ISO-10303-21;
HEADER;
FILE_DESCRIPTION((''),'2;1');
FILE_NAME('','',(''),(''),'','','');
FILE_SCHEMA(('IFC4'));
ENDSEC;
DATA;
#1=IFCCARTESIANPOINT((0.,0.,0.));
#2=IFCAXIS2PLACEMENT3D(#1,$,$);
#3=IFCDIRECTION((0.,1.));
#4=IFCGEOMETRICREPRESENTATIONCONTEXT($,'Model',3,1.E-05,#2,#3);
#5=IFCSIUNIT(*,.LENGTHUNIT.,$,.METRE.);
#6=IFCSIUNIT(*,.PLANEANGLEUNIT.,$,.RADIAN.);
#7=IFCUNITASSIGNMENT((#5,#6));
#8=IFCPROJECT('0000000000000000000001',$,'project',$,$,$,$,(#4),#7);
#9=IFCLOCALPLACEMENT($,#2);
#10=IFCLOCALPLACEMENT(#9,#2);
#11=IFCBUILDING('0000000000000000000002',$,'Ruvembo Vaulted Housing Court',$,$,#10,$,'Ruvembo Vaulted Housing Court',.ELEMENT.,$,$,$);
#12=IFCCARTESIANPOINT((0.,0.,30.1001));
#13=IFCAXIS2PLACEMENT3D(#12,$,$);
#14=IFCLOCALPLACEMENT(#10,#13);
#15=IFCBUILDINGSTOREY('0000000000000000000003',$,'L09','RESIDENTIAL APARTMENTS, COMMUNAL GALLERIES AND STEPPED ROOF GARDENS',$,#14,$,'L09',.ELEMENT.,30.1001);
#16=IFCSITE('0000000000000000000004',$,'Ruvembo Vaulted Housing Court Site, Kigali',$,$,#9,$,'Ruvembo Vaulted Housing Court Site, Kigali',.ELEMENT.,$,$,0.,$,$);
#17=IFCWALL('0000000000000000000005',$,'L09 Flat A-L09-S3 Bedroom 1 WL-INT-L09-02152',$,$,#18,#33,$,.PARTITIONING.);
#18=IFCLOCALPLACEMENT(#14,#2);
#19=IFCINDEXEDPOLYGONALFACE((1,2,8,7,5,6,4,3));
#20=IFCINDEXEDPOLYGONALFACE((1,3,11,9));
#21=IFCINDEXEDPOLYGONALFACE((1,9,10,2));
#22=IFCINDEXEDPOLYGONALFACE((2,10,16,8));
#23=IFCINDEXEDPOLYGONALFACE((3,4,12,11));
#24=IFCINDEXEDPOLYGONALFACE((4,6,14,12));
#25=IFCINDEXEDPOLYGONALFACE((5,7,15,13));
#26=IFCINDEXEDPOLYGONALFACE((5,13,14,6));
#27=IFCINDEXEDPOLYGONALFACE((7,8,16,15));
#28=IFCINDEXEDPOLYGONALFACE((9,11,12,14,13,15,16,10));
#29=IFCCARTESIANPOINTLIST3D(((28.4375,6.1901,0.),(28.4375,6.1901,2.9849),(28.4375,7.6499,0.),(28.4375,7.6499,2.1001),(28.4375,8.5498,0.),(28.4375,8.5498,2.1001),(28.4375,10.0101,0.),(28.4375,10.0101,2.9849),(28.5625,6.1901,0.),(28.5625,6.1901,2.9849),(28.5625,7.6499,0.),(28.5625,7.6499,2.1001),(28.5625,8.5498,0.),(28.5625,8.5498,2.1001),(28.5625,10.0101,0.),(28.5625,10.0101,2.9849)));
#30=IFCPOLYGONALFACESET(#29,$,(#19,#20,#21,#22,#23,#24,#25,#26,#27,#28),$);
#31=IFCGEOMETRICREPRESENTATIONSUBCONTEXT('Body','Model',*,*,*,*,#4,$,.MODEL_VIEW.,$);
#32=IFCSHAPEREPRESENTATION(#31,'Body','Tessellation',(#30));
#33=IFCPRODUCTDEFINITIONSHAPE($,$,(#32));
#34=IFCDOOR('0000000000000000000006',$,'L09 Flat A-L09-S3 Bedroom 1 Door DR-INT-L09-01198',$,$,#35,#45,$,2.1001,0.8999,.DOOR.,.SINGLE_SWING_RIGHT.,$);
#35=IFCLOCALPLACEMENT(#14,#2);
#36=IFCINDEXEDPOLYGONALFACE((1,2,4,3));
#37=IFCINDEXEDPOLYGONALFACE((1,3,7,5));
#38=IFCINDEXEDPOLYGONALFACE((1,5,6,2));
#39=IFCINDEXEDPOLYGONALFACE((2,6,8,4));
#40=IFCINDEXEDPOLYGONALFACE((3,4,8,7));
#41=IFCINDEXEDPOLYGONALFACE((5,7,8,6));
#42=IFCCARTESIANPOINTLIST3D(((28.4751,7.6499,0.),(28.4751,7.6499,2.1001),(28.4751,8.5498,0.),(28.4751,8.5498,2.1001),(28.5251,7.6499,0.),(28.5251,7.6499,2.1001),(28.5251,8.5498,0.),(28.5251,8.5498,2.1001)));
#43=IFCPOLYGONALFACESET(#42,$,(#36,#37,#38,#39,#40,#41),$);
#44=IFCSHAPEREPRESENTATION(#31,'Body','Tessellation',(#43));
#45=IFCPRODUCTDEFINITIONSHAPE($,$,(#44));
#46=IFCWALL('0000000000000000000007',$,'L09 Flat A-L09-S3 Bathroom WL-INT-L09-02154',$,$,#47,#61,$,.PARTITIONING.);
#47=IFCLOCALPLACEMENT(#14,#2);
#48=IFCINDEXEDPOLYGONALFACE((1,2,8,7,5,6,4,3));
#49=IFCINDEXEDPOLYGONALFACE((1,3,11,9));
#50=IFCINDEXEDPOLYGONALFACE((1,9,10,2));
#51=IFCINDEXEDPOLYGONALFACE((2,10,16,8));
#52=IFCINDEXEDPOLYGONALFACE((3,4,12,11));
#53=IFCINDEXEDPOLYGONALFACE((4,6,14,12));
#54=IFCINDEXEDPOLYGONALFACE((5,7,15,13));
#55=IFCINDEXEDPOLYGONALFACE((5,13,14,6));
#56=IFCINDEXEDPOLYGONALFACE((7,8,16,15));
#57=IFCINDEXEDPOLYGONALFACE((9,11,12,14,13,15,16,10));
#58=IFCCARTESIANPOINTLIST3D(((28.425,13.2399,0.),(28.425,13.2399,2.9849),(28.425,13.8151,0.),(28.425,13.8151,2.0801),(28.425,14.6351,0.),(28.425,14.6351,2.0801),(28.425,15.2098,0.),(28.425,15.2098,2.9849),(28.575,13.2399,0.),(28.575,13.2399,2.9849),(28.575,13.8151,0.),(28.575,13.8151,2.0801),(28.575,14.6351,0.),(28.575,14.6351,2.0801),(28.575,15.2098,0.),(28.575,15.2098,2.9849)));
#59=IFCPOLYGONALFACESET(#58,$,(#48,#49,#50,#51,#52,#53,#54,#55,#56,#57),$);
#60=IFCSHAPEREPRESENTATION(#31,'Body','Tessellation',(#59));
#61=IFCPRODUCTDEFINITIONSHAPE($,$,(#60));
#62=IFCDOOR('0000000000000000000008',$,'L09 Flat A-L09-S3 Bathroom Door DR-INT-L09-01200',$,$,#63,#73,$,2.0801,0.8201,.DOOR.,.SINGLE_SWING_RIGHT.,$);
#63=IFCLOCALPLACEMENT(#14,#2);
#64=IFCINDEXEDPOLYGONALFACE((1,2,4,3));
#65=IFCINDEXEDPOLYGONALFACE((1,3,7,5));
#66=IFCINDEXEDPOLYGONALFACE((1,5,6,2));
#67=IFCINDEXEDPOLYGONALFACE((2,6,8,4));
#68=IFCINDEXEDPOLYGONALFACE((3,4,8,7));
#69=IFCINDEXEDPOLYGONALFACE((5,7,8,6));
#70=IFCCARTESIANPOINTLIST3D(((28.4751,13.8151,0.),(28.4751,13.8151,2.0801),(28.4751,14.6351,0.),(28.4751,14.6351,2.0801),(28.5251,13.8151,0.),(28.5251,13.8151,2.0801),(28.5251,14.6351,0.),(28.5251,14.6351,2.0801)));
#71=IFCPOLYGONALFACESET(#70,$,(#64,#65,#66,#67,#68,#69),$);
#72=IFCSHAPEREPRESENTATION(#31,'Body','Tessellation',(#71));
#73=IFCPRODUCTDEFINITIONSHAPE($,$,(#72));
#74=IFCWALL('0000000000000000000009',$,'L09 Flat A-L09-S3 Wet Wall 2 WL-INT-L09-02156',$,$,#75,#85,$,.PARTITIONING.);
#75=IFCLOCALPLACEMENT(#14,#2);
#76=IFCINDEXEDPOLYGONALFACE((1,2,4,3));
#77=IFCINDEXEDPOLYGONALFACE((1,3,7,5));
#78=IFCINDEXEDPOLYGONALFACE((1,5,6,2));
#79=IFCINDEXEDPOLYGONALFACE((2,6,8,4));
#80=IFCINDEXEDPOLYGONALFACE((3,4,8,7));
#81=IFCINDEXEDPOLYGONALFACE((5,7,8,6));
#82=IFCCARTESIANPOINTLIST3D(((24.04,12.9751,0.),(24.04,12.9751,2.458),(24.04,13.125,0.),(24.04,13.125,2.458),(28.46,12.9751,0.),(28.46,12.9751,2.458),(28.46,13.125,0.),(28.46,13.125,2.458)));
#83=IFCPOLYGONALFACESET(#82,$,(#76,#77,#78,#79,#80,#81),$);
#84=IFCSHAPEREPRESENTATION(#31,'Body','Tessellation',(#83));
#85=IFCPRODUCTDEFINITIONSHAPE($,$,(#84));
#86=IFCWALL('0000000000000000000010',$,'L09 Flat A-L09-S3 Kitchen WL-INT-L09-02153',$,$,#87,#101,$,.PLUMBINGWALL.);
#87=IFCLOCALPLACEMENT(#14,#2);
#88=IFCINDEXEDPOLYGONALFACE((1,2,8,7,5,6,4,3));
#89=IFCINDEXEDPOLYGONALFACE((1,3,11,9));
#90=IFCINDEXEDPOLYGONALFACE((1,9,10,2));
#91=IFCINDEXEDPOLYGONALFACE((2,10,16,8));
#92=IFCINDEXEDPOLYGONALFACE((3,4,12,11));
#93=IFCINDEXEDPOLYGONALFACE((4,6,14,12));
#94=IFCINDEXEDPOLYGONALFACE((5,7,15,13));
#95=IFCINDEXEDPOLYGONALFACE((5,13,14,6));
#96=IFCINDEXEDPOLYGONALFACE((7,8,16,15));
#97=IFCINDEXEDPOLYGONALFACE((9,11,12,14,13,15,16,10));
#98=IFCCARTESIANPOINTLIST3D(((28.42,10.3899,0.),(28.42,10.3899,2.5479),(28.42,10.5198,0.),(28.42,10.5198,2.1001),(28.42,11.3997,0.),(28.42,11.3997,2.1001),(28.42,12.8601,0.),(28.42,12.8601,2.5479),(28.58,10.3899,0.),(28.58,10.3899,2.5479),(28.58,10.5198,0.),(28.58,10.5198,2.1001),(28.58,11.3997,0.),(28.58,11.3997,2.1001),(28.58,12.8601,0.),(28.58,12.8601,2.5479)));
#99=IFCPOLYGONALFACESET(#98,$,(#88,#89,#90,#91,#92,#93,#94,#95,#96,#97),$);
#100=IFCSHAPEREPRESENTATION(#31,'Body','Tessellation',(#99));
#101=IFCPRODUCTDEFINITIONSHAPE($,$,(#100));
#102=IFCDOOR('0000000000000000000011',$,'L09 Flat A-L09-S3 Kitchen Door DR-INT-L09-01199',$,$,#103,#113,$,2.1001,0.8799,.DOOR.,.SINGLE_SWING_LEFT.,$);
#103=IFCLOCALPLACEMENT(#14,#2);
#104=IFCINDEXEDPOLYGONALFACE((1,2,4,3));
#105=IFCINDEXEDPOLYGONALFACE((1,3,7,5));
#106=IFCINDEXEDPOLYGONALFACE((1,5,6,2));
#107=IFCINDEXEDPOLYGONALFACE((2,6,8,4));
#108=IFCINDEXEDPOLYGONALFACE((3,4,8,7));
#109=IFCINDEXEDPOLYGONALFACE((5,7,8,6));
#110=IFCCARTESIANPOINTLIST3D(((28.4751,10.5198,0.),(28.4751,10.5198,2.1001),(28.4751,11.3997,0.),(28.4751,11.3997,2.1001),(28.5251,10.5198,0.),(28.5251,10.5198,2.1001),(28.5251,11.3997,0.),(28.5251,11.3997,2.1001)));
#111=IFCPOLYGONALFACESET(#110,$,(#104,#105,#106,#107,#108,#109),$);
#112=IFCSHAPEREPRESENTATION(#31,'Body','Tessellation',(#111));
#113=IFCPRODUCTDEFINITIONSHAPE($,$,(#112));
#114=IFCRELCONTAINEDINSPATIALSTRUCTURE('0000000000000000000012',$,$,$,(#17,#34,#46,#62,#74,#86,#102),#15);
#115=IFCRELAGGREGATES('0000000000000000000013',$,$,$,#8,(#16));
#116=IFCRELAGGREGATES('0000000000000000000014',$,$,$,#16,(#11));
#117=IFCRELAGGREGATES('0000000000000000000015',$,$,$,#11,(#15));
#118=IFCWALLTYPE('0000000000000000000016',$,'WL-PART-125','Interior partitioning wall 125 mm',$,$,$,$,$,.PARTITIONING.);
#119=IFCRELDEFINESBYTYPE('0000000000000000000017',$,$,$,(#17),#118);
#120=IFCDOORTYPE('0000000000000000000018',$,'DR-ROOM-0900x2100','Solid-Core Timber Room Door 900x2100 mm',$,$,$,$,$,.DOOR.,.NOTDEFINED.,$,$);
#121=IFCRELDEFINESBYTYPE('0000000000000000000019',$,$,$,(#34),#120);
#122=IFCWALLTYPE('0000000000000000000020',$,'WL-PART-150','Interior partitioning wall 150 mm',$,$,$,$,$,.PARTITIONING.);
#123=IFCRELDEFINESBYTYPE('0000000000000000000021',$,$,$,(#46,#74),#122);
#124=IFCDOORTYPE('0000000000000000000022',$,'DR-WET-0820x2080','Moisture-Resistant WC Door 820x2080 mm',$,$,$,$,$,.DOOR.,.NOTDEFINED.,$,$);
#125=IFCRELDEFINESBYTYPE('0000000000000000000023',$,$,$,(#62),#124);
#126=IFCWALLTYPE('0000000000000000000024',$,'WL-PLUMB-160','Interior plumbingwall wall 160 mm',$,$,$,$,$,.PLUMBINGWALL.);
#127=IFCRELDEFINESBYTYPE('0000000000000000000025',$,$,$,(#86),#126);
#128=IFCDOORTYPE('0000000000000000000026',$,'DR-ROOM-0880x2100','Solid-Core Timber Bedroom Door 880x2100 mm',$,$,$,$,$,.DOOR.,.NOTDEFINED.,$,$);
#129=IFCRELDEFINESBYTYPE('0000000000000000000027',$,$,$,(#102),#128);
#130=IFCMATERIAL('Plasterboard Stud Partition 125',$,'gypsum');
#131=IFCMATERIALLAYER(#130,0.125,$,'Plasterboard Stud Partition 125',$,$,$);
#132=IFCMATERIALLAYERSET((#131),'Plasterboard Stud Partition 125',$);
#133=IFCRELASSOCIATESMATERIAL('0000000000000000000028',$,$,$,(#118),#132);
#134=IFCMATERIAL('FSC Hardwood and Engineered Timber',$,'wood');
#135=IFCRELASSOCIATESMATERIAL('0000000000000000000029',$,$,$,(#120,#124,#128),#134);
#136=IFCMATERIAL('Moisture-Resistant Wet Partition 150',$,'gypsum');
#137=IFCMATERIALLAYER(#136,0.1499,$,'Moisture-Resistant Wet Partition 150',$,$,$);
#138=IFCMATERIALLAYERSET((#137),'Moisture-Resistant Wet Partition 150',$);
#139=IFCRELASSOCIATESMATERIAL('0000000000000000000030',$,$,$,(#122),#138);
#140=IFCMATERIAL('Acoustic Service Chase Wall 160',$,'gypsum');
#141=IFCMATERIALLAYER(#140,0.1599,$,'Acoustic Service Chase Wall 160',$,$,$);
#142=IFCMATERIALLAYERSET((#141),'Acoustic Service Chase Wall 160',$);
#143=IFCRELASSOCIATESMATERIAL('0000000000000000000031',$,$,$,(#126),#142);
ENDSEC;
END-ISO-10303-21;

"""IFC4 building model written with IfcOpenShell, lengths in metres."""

from ifc_helpers import new_model, si_unit, direction, frame, frame_2d, origin, place, context, subcontext, project, spatial, rectangle, extrude, material, layer, layer_set, type_object, element, fill, save


model = new_model("IFC4")

# Units and contexts
model_context = context("Model", 3, precision=1e-05, world=origin(), true_north=direction((0.0, 1.0)))
body_context = subcontext(model_context, "Body", "Model", "MODEL_VIEW")
ifc_project = project(units=[si_unit("LENGTHUNIT", "METRE"), si_unit("PLANEANGLEUNIT", "RADIAN")], contexts=[model_context])

# Site, building, storey
site_placement = place(None, origin())
site = spatial("IfcSite", under=ifc_project, at=site_placement, Name="Ruvembo Vaulted Housing Court Site, Kigali", LongName="Ruvembo Vaulted Housing Court Site, Kigali", CompositionType="ELEMENT", RefElevation=0.0)
building_placement = place(site_placement, origin())
building = spatial("IfcBuilding", under=site, at=building_placement, Name="Ruvembo Vaulted Housing Court", LongName="Ruvembo Vaulted Housing Court", CompositionType="ELEMENT")
storey_placement = place(building_placement, frame((0.0, 0.0, 30.1001)))
storey = spatial("IfcBuildingStorey", under=building, at=storey_placement, Name="L09", Description="RESIDENTIAL APARTMENTS, COMMUNAL GALLERIES AND STEPPED ROOF GARDENS", LongName="L09", CompositionType="ELEMENT", Elevation=30.1001)

# Shared definitions
ifc_material_1 = material(Name="FSC Hardwood and Engineered Timber", Category="wood")

# Walls, openings, doors
ifc_material_2 = material(Name="Plasterboard Stud Partition 125", Category="gypsum")
ifc_layer_1 = layer(ifc_material_2, 0.125, Name="Plasterboard Stud Partition 125")
ifc_layer_set_1 = layer_set([ifc_layer_1], Name="Plasterboard Stud Partition 125")
wall_type_1 = type_object("IfcWallType", Name="WL-PART-125", Description="Interior partitioning wall 125 mm", PredefinedType="PARTITIONING", material=ifc_layer_set_1)
wall_1_placement = place(storey_placement, frame((28.5, 6.1899, 0.0), z_axis=(0.0, 0.0, 1.0), x_axis=(0.0, 1.0, 0.0)))
wall_1 = element("IfcWall", 1, at=wall_1_placement, inside=storey, type_object=wall_type_1, Name="L09 Flat A-L09-S3 Bedroom 1 WL-INT-L09-02152", PredefinedType="PARTITIONING", context=body_context, shape_type="SweptSolid", body=[
    extrude(rectangle(XDim=3.8201, YDim=0.125, at=frame_2d((1.9102, 0.0))), origin(), (0.0, 0.0, 1.0), 2.9849),
])
opening_1_placement = place(wall_1_placement, frame((1.46, 0.0, 0.0)))
opening_1 = element("IfcOpeningElement", 2, at=opening_1_placement, cuts=wall_1, PredefinedType="OPENING", context=body_context, shape_type="SweptSolid", body=[
    extrude(rectangle(XDim=0.8999, YDim=2.1001, at=frame_2d((0.45, 1.05))), frame((0.0, 0.0725, 0.0), z_axis=(0.0, -1.0, 0.0), x_axis=(1.0, 0.0, 0.0)), (0.0, 0.0, 1.0), 0.145),
])
door_type_1 = type_object("IfcDoorType", Name="DR-ROOM-0900x2100", Description="Solid-Core Timber Room Door 900x2100 mm", OperationType="NOTDEFINED", PredefinedType="DOOR", material=ifc_material_1)
door_1_placement = place(opening_1_placement, origin())
door_1 = element("IfcDoor", 3, at=door_1_placement, inside=storey, type_object=door_type_1, Name="L09 Flat A-L09-S3 Bedroom 1 Door DR-INT-L09-01198", OperationType="SINGLE_SWING_RIGHT", OverallHeight=2.1001, OverallWidth=0.8999, PredefinedType="DOOR", context=body_context, shape_type="SweptSolid", body=[
    extrude(rectangle(XDim=0.8999, YDim=2.1001, at=frame_2d((0.45, 1.05))), frame((0.0, 0.0249, 0.0), z_axis=(0.0, -1.0, 0.0), x_axis=(1.0, 0.0, 0.0)), (0.0, 0.0, 1.0), 0.05),
])
fill(opening_1, door_1)
ifc_material_3 = material(Name="Moisture-Resistant Wet Partition 150", Category="gypsum")
ifc_layer_2 = layer(ifc_material_3, 0.1499, Name="Moisture-Resistant Wet Partition 150")
ifc_layer_set_2 = layer_set([ifc_layer_2], Name="Moisture-Resistant Wet Partition 150")
wall_type_2 = type_object("IfcWallType", Name="WL-PART-150", Description="Interior partitioning wall 150 mm", PredefinedType="PARTITIONING", material=ifc_layer_set_2)
wall_2_placement = place(storey_placement, frame((28.5, 13.24, 0.0), z_axis=(0.0, 0.0, 1.0), x_axis=(0.0, 1.0, 0.0)))
wall_2 = element("IfcWall", 4, at=wall_2_placement, inside=storey, type_object=wall_type_2, Name="L09 Flat A-L09-S3 Bathroom WL-INT-L09-02154", PredefinedType="PARTITIONING", context=body_context, shape_type="SweptSolid", body=[
    extrude(rectangle(XDim=1.97, YDim=0.1499, at=frame_2d((0.9849, 0.0))), origin(), (0.0, 0.0, 1.0), 2.9849),
])
opening_2_placement = place(wall_2_placement, frame((0.575, 0.0, 0.0)))
opening_2 = element("IfcOpeningElement", 5, at=opening_2_placement, cuts=wall_2, PredefinedType="OPENING", context=body_context, shape_type="SweptSolid", body=[
    extrude(rectangle(XDim=0.8201, YDim=2.0801, at=frame_2d((0.4102, 1.04))), frame((0.0, 0.085, 0.0), z_axis=(0.0, -1.0, 0.0), x_axis=(1.0, 0.0, 0.0)), (0.0, 0.0, 1.0), 0.1699),
])
door_type_2 = type_object("IfcDoorType", Name="DR-WET-0820x2080", Description="Moisture-Resistant WC Door 820x2080 mm", OperationType="NOTDEFINED", PredefinedType="DOOR", material=ifc_material_1)
door_2_placement = place(opening_2_placement, origin())
door_2 = element("IfcDoor", 6, at=door_2_placement, inside=storey, type_object=door_type_2, Name="L09 Flat A-L09-S3 Bathroom Door DR-INT-L09-01200", OperationType="SINGLE_SWING_RIGHT", OverallHeight=2.0801, OverallWidth=0.8201, PredefinedType="DOOR", context=body_context, shape_type="SweptSolid", body=[
    extrude(rectangle(XDim=0.8201, YDim=2.0801, at=frame_2d((0.4102, 1.04))), frame((0.0, 0.0249, 0.0), z_axis=(0.0, -1.0, 0.0), x_axis=(1.0, 0.0, 0.0)), (0.0, 0.0, 1.0), 0.05),
])
fill(opening_2, door_2)

# Wall
wall_3_placement = place(storey_placement, frame((24.04, 13.05, 0.0), z_axis=(0.0, 0.0, 1.0), x_axis=(1.0, 0.0, 0.0)))
element("IfcWall", 7, at=wall_3_placement, inside=storey, type_object=wall_type_2, Name="L09 Flat A-L09-S3 Wet Wall 2 WL-INT-L09-02156", PredefinedType="PARTITIONING", context=body_context, shape_type="SweptSolid", body=[
    extrude(rectangle(XDim=4.4199, YDim=0.1499, at=frame_2d((2.21, 0.0))), origin(), (0.0, 0.0, 1.0), 2.458),
])

# Wall, opening, door
ifc_material_4 = material(Name="Acoustic Service Chase Wall 160", Category="gypsum")
ifc_layer_3 = layer(ifc_material_4, 0.1599, Name="Acoustic Service Chase Wall 160")
ifc_layer_set_3 = layer_set([ifc_layer_3], Name="Acoustic Service Chase Wall 160")
wall_type_3 = type_object("IfcWallType", Name="WL-PLUMB-160", Description="Interior plumbingwall wall 160 mm", PredefinedType="PLUMBINGWALL", material=ifc_layer_set_3)
wall_4_placement = place(storey_placement, frame((28.5, 10.3899, 0.0), z_axis=(0.0, 0.0, 1.0), x_axis=(0.0, 1.0, 0.0)))
wall_4 = element("IfcWall", 8, at=wall_4_placement, inside=storey, type_object=wall_type_3, Name="L09 Flat A-L09-S3 Kitchen WL-INT-L09-02153", PredefinedType="PLUMBINGWALL", context=body_context, shape_type="SweptSolid", body=[
    extrude(rectangle(XDim=2.4702, YDim=0.1599, at=frame_2d((1.2351, 0.0))), origin(), (0.0, 0.0, 1.0), 2.5479),
])
opening_3_placement = place(wall_4_placement, frame((0.1299, 0.0, 0.0)))
opening_3 = element("IfcOpeningElement", 9, at=opening_3_placement, cuts=wall_4, PredefinedType="OPENING", context=body_context, shape_type="SweptSolid", body=[
    extrude(rectangle(XDim=0.8799, YDim=2.1001, at=frame_2d((0.4399, 1.05))), frame((0.0, 0.0898, 0.0), z_axis=(0.0, -1.0, 0.0), x_axis=(1.0, 0.0, 0.0)), (0.0, 0.0, 1.0), 0.1799),
])
door_type_3 = type_object("IfcDoorType", Name="DR-ROOM-0880x2100", Description="Solid-Core Timber Bedroom Door 880x2100 mm", OperationType="NOTDEFINED", PredefinedType="DOOR", material=ifc_material_1)
door_3_placement = place(opening_3_placement, origin())
door_3 = element("IfcDoor", 10, at=door_3_placement, inside=storey, type_object=door_type_3, Name="L09 Flat A-L09-S3 Kitchen Door DR-INT-L09-01199", OperationType="SINGLE_SWING_LEFT", OverallHeight=2.1001, OverallWidth=0.8799, PredefinedType="DOOR", context=body_context, shape_type="SweptSolid", body=[
    extrude(rectangle(XDim=0.8799, YDim=2.1001, at=frame_2d((0.4399, 1.05))), frame((0.0, 0.0249, 0.0), z_axis=(0.0, -1.0, 0.0), x_axis=(1.0, 0.0, 0.0)), (0.0, 0.0, 1.0), 0.05),
])
fill(opening_3, door_3)

save(model, "model.ifc")
